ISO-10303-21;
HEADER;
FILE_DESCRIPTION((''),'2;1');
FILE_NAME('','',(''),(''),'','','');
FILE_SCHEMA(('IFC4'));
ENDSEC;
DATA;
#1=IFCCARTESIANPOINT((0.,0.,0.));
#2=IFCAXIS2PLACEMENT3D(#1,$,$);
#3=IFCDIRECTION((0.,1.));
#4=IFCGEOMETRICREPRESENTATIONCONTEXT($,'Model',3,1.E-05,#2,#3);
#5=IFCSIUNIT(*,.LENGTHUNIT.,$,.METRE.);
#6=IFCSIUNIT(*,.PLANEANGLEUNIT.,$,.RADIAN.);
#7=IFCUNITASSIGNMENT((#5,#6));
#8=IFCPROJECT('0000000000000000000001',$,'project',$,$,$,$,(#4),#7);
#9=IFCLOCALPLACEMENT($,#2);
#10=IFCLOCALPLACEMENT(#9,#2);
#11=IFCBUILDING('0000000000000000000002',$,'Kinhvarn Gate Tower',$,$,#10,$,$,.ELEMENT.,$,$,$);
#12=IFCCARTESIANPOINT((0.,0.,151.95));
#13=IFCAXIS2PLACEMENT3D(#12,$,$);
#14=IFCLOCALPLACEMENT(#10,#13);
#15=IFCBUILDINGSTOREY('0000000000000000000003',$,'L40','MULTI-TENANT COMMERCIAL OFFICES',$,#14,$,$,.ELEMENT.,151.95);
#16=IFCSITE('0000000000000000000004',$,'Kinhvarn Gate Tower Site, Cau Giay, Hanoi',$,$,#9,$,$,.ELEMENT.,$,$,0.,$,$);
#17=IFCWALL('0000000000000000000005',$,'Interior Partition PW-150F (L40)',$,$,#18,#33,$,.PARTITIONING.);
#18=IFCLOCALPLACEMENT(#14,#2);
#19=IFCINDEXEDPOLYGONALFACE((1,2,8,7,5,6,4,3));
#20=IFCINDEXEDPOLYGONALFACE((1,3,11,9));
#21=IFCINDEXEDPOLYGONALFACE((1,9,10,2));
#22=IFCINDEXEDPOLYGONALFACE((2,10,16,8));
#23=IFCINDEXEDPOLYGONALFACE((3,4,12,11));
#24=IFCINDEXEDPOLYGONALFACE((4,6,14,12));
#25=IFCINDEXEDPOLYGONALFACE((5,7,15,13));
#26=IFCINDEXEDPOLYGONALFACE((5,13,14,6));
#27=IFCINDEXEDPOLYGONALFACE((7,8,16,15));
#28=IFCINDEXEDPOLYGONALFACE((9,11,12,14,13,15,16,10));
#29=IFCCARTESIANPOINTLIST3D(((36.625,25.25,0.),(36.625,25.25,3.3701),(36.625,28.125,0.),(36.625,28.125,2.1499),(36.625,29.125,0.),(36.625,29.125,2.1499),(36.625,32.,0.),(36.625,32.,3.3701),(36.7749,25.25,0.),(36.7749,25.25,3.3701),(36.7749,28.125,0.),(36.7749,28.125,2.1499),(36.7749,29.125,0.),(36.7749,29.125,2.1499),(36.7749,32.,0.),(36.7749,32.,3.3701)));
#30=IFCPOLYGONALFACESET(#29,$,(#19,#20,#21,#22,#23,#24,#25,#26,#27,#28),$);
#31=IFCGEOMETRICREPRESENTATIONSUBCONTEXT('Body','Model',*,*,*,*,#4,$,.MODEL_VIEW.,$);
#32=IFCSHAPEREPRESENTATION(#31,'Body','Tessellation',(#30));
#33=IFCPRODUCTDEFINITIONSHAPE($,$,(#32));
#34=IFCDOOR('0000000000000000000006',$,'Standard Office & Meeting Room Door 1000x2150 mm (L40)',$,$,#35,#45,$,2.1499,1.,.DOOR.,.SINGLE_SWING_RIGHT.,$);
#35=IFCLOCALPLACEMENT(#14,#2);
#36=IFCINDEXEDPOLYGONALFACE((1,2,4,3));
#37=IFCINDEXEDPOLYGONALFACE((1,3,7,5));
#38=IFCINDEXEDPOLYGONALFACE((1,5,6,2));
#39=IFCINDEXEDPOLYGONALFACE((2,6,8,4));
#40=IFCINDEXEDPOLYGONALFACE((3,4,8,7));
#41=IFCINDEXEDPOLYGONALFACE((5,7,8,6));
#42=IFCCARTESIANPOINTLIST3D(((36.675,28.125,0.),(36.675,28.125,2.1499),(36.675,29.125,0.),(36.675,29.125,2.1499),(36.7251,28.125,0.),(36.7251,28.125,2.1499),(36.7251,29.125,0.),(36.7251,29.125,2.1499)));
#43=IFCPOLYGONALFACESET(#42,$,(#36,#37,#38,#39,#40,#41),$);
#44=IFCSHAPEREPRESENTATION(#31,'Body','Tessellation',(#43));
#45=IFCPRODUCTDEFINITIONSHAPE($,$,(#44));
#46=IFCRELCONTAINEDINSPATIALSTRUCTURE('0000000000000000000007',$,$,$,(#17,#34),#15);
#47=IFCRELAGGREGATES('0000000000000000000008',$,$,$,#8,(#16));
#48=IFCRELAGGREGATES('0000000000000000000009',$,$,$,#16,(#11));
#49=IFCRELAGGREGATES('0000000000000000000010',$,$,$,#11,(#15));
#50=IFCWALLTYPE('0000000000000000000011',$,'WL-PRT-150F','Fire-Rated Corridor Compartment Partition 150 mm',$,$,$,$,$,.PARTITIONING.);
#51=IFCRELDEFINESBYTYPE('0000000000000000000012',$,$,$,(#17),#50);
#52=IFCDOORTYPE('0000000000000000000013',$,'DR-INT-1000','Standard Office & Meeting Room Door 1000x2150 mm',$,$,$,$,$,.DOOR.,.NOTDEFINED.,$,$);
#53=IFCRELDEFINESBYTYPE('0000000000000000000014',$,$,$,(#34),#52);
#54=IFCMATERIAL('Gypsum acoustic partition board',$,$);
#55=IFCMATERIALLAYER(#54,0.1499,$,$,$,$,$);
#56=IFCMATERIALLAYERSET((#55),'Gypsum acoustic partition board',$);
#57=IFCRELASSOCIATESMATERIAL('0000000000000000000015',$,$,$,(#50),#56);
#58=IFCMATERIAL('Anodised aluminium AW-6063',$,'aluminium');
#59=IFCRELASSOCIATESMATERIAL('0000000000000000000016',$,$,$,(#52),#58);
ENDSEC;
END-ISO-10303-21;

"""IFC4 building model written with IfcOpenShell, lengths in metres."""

from ifc_helpers import new_model, si_unit, direction, frame, frame_2d, origin, place, context, subcontext, project, spatial, rectangle, extrude, material, layer, layer_set, type_object, element, fill, save


model = new_model("IFC4")

# Units and contexts
model_context = context("Model", 3, precision=1e-05, world=origin(), true_north=direction((0.0, 1.0)))
body_context = subcontext(model_context, "Body", "Model", "MODEL_VIEW")
ifc_project = project(units=[si_unit("LENGTHUNIT", "METRE"), si_unit("PLANEANGLEUNIT", "RADIAN")], contexts=[model_context])

# Site, building, storey
site_placement = place(None, origin())
site = spatial("IfcSite", under=ifc_project, at=site_placement, Name="Kinhvarn Gate Tower Site, Cau Giay, Hanoi", CompositionType="ELEMENT", RefElevation=0.0)
building_placement = place(site_placement, origin())
building = spatial("IfcBuilding", under=site, at=building_placement, Name="Kinhvarn Gate Tower", CompositionType="ELEMENT")
storey_placement = place(building_placement, frame((0.0, 0.0, 151.95)))
storey = spatial("IfcBuildingStorey", under=building, at=storey_placement, Name="L40", Description="MULTI-TENANT COMMERCIAL OFFICES", CompositionType="ELEMENT", Elevation=151.95)

# Shared definitions
ifc_material_1 = material(Name="Gypsum acoustic partition board")

# Shared definitions
ifc_layer_1 = layer(ifc_material_1, 0.1499)
ifc_layer_set_1 = layer_set([ifc_layer_1], Name="Gypsum acoustic partition board")
wall_type_1 = type_object("IfcWallType", Name="WL-PRT-150F", Description="Fire-Rated Corridor Compartment Partition 150 mm", PredefinedType="PARTITIONING", material=ifc_layer_set_1)
ifc_material_2 = material(Name="Anodised aluminium AW-6063", Category="aluminium")
door_type = type_object("IfcDoorType", Name="DR-INT-1000", Description="Standard Office & Meeting Room Door 1000x2150 mm", OperationType="NOTDEFINED", PredefinedType="DOOR", material=ifc_material_2)

# Wall, opening, door
wall_1_placement = place(storey_placement, frame((36.7, 25.25, 0.0), z_axis=(0.0, 0.0, 1.0), x_axis=(0.0, 1.0, 0.0)))
wall_1 = element("IfcWall", 1, at=wall_1_placement, inside=storey, type_object=wall_type_1, Name="Interior Partition PW-150F (L40)", PredefinedType="PARTITIONING", context=body_context, shape_type="SweptSolid", body=[
    extrude(rectangle(XDim=6.75, YDim=0.1499, at=frame_2d((3.375, 0.0))), origin(), (0.0, 0.0, 1.0), 3.3701),
])
opening_1_placement = place(wall_1_placement, frame((2.875, 0.0, 0.0)))
opening_1 = element("IfcOpeningElement", 2, at=opening_1_placement, cuts=wall_1, PredefinedType="OPENING", context=body_context, shape_type="SweptSolid", body=[
    extrude(rectangle(XDim=1.0, YDim=2.1499, at=frame_2d((0.5, 1.075))), frame((0.0, 0.085, 0.0), z_axis=(0.0, -1.0, 0.0), x_axis=(1.0, 0.0, 0.0)), (0.0, 0.0, 1.0), 0.1699),
])
door_1_placement = place(opening_1_placement, origin())
door_1 = element("IfcDoor", 3, at=door_1_placement, inside=storey, type_object=door_type, Name="Standard Office & Meeting Room Door 1000x2150 mm (L40)", OperationType="SINGLE_SWING_RIGHT", OverallHeight=2.1499, OverallWidth=1.0, PredefinedType="DOOR", context=body_context, shape_type="SweptSolid", body=[
    extrude(rectangle(XDim=1.0, YDim=2.1499, at=frame_2d((0.5, 1.075))), frame((0.0, 0.0249, 0.0), z_axis=(0.0, -1.0, 0.0), x_axis=(1.0, 0.0, 0.0)), (0.0, 0.0, 1.0), 0.05),
])
fill(opening_1, door_1)

save(model, "model.ifc")
